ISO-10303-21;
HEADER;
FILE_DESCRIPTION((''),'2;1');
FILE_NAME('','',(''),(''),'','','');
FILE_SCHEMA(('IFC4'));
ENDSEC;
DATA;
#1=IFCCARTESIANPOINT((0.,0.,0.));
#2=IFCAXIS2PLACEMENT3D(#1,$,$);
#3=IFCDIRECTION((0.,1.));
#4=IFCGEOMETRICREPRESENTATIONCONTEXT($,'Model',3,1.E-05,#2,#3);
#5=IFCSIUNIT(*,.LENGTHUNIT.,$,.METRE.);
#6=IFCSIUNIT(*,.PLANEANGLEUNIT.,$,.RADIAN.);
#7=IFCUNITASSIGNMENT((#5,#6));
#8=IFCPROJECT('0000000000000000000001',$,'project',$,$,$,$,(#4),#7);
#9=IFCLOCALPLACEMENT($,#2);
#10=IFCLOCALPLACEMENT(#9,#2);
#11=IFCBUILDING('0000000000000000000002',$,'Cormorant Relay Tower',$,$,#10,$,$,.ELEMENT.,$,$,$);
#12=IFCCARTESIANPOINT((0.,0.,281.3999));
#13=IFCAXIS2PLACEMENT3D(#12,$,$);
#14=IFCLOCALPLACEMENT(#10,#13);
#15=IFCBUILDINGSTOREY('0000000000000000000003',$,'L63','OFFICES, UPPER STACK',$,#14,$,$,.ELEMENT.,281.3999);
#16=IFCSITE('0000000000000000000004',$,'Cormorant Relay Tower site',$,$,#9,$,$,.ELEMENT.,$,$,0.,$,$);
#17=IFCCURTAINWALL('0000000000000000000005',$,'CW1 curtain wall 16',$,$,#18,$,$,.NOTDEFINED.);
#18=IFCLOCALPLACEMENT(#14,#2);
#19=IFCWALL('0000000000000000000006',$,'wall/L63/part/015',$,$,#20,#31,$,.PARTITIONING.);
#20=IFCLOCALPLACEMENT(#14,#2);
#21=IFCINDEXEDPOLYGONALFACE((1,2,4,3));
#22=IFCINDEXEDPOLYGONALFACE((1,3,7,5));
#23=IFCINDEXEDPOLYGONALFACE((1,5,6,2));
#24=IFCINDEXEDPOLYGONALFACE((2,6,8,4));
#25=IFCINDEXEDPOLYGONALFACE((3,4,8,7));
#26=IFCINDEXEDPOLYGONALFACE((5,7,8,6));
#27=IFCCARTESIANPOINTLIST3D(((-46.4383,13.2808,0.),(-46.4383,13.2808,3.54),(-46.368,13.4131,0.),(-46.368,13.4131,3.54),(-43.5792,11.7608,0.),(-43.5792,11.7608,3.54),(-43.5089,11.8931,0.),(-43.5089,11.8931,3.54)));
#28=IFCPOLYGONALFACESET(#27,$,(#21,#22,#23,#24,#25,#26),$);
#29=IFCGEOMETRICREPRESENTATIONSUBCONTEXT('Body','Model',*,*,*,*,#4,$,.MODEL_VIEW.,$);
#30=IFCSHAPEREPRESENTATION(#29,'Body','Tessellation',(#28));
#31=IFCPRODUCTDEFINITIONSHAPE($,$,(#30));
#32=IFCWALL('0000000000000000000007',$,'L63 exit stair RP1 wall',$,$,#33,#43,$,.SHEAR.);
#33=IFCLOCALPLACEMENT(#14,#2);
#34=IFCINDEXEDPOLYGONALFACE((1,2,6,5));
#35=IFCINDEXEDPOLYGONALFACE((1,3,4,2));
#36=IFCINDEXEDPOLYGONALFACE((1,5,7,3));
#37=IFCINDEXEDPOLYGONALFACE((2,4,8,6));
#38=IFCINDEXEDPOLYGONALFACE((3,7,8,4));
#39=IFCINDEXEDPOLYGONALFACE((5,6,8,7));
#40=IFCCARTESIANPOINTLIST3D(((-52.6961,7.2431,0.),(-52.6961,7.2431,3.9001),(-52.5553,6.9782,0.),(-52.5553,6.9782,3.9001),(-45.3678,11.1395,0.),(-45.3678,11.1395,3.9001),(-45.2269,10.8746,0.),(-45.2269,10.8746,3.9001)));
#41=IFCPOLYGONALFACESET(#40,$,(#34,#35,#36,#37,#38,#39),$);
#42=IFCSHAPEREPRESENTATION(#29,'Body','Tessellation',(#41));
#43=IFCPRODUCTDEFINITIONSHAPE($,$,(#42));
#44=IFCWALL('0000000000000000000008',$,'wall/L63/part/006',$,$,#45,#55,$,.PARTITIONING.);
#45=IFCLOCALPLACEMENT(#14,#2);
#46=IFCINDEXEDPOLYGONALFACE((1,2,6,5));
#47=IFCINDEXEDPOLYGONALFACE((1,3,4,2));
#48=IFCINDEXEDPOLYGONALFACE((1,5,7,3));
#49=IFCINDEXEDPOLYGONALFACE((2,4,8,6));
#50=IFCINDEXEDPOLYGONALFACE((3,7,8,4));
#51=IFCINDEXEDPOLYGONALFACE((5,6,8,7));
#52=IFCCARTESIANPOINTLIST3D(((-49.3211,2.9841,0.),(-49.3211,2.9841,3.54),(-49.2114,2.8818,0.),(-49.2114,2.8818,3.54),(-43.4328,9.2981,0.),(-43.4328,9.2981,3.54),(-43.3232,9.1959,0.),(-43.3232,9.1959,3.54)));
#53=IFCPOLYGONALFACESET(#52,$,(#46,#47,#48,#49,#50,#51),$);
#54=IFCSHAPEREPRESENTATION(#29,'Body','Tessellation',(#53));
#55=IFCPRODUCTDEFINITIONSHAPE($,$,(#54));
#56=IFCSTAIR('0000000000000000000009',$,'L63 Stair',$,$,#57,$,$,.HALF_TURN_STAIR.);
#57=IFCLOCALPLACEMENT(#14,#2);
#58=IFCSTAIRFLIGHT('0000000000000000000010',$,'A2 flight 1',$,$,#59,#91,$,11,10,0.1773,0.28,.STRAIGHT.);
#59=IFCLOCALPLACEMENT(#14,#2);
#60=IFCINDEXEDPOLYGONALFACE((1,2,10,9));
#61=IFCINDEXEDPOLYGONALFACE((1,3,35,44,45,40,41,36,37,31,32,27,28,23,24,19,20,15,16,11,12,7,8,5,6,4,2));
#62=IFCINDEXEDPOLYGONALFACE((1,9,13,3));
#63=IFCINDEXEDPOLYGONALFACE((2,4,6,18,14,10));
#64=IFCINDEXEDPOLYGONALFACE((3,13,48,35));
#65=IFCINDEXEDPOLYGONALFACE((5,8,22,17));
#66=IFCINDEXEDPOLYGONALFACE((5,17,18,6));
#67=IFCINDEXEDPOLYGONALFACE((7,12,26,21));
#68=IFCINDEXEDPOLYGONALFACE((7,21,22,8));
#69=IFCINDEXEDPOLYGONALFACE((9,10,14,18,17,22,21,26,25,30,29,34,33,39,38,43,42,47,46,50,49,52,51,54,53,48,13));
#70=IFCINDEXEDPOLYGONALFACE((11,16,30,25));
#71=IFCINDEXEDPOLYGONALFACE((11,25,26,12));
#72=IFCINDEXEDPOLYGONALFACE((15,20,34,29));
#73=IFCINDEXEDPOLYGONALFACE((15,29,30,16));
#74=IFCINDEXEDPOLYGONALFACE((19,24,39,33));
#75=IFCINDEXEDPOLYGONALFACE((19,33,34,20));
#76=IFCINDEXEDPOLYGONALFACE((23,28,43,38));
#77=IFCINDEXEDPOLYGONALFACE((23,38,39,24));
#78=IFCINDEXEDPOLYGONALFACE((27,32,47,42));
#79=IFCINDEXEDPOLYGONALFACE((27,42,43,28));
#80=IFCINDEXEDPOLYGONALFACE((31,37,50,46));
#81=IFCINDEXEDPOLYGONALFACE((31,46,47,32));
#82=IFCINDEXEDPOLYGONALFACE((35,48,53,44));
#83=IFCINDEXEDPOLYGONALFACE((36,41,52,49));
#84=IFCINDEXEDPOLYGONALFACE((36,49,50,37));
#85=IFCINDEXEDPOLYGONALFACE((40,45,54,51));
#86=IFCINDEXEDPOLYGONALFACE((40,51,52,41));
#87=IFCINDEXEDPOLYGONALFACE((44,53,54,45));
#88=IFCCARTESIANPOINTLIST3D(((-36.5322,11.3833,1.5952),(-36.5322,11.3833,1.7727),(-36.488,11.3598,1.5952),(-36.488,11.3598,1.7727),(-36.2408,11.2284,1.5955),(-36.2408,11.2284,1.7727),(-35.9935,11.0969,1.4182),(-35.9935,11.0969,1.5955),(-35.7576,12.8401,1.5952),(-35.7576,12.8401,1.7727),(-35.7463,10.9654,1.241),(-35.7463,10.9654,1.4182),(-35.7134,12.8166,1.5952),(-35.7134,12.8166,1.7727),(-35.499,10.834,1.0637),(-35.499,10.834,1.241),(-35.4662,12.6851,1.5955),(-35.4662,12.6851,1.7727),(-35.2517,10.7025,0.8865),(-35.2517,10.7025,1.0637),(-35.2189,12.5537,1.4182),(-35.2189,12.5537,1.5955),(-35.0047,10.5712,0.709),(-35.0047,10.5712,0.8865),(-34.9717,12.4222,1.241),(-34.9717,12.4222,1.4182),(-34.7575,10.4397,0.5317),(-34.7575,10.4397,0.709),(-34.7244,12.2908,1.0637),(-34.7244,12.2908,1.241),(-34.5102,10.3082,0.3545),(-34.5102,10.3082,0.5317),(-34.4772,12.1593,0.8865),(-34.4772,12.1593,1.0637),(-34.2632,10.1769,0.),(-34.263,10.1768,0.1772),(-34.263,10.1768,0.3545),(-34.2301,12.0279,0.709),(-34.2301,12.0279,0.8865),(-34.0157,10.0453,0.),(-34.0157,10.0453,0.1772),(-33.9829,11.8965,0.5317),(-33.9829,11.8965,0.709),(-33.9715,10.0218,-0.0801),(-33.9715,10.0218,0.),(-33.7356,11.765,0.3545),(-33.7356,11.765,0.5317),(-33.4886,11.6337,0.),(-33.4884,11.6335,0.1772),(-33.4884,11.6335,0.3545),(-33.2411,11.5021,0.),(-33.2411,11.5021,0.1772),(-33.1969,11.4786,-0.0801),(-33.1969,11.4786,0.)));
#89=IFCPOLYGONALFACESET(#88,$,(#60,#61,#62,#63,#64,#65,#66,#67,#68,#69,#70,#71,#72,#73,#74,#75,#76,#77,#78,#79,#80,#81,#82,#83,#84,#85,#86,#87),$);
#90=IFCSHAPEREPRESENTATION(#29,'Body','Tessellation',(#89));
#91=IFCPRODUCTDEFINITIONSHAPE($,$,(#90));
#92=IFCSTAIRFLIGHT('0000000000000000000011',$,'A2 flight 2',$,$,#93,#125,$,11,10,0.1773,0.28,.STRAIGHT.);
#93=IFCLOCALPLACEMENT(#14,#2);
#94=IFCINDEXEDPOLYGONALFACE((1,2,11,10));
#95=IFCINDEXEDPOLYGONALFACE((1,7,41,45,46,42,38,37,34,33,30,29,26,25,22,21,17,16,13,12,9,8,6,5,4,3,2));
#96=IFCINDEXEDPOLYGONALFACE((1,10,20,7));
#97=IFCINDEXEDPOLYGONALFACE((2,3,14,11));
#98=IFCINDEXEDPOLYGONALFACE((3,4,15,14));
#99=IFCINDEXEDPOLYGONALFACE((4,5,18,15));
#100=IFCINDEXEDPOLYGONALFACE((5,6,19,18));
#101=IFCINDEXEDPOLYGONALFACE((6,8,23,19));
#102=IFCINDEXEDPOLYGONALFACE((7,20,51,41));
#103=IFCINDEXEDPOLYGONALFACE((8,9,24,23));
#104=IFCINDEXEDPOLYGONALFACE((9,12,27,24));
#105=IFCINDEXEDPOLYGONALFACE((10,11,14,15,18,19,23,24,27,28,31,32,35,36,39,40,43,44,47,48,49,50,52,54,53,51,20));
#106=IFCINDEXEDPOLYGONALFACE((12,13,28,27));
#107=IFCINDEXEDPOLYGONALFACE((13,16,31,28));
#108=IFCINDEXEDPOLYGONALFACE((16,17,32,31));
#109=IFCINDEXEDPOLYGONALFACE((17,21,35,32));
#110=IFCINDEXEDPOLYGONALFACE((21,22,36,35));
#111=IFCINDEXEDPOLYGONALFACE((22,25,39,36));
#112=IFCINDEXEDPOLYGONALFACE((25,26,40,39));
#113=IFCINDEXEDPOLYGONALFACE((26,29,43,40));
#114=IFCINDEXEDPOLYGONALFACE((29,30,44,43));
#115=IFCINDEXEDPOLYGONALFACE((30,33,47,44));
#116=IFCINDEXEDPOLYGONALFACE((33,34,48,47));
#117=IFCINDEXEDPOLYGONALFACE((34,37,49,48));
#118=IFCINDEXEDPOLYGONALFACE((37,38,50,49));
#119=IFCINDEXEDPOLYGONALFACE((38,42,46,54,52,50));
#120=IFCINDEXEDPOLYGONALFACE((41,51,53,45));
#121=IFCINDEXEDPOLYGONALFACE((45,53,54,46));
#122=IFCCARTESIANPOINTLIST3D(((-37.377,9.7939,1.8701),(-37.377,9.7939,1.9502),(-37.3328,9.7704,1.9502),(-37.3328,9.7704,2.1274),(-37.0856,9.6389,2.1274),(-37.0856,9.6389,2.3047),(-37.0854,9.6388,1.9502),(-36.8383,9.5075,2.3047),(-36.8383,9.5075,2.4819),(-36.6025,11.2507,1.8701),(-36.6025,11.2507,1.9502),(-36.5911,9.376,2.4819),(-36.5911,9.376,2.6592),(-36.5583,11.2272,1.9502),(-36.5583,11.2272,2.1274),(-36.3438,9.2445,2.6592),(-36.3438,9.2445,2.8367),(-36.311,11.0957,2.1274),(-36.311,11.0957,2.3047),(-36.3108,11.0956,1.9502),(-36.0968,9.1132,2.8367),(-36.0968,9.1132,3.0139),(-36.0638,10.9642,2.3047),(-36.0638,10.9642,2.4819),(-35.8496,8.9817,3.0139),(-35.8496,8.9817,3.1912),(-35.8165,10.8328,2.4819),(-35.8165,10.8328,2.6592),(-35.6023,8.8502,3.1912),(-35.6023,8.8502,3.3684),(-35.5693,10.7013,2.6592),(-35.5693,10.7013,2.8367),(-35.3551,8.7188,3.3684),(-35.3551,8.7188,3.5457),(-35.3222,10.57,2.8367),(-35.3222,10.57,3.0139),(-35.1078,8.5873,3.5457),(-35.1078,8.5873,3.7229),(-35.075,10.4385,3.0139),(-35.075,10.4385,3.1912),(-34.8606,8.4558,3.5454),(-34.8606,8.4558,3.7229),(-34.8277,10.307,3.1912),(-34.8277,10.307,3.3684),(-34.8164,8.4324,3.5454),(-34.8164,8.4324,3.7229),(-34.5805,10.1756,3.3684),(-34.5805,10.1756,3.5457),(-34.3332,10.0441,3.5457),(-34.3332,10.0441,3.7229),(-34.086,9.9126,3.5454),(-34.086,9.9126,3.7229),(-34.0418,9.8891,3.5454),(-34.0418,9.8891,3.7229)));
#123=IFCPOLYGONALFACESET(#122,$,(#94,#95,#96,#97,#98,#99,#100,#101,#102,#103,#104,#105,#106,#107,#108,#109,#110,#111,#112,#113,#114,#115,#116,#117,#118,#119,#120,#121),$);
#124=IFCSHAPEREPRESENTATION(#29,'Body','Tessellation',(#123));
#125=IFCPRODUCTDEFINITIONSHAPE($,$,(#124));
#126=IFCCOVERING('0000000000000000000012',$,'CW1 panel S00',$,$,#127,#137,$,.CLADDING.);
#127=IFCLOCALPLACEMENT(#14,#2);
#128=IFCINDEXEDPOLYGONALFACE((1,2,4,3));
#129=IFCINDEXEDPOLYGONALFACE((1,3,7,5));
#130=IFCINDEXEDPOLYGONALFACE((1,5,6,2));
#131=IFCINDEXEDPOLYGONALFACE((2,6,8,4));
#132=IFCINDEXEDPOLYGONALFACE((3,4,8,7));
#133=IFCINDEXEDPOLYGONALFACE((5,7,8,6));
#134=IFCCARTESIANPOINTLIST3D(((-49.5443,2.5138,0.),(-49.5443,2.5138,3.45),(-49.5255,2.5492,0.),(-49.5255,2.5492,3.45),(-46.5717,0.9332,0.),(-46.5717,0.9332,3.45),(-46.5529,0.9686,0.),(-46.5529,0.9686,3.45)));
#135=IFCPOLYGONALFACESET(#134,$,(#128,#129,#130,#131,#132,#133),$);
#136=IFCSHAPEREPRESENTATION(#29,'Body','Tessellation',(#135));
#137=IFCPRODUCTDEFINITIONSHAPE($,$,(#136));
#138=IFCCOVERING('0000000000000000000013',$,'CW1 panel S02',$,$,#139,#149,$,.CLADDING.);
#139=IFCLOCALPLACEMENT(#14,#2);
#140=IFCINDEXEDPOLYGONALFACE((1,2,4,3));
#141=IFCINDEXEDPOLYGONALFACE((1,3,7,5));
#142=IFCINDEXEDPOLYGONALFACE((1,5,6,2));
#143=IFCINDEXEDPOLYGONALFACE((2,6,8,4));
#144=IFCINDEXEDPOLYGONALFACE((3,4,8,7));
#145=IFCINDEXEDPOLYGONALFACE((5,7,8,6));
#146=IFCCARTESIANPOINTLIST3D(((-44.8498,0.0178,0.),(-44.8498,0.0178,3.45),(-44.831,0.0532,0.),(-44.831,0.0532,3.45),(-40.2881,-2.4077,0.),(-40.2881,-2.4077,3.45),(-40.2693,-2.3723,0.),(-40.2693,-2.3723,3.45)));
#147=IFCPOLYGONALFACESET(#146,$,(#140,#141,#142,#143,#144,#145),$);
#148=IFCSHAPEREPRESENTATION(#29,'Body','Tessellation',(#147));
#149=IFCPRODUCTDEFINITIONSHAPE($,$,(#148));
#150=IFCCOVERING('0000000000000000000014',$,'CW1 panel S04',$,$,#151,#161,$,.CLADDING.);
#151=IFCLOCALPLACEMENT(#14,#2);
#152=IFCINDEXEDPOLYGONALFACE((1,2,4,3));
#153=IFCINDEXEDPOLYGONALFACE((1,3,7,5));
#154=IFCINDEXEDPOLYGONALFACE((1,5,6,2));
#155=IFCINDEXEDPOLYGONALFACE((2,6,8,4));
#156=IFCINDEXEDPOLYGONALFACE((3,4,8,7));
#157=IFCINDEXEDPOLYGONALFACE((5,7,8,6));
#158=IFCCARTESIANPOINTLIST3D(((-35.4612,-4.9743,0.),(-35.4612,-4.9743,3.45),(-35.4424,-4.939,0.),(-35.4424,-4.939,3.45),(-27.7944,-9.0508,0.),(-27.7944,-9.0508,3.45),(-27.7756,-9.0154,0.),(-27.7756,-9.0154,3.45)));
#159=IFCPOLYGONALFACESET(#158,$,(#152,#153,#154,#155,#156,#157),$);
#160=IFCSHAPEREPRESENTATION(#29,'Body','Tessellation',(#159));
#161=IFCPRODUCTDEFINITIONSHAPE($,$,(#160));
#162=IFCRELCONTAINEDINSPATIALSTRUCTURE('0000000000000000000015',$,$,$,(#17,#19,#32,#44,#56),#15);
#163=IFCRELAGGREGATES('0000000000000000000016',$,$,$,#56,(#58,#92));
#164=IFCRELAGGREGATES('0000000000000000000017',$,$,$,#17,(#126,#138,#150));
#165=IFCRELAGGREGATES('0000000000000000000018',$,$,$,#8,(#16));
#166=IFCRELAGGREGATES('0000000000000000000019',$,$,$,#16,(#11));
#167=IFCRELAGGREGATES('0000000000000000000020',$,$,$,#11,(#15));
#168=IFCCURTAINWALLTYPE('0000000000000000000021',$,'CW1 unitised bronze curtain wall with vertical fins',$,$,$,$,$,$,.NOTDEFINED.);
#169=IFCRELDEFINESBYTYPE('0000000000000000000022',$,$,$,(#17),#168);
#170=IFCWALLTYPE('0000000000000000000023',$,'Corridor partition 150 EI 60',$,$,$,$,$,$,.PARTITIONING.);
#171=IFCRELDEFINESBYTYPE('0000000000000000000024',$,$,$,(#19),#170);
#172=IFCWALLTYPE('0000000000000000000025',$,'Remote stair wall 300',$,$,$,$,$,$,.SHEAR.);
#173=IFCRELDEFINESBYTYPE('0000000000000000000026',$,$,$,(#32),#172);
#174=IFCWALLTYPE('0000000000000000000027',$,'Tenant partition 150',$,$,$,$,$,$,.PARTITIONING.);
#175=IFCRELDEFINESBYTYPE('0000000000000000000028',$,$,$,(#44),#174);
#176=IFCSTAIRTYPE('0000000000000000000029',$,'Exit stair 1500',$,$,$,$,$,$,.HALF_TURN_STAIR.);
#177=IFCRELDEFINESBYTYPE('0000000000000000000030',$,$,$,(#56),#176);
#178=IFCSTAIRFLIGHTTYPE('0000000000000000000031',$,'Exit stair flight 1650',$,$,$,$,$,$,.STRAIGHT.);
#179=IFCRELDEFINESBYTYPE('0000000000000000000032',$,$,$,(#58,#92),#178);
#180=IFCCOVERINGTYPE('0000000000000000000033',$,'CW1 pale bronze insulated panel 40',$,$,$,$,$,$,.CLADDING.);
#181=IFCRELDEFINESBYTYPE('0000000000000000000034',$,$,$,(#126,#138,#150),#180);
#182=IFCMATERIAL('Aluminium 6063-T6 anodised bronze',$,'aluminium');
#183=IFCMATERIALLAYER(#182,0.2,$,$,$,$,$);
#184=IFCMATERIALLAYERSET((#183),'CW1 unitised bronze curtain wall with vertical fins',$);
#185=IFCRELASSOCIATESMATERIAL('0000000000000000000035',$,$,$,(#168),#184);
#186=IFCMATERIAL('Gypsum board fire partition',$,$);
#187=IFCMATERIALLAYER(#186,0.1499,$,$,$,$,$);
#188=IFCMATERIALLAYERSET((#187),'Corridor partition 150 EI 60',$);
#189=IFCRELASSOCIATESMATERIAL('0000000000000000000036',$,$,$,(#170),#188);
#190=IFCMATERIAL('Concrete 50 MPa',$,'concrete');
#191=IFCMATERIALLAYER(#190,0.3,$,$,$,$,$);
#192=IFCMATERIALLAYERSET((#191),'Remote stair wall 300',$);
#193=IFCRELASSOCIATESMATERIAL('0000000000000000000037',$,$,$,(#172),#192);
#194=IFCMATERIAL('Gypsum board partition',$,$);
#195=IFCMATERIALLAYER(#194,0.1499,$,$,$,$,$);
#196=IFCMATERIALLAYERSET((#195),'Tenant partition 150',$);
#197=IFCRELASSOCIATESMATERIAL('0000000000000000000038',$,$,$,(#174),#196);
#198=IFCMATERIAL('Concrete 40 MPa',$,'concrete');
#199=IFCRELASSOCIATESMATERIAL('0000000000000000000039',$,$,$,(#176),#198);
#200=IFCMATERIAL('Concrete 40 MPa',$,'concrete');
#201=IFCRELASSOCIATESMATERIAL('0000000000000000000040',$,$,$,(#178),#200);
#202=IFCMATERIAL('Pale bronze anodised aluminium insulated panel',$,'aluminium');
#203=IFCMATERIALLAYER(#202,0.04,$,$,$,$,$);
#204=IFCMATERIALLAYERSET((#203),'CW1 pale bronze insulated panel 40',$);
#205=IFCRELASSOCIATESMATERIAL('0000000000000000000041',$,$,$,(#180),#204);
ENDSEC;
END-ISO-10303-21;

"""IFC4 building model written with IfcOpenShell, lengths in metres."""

from ifc_helpers import new_model, si_unit, direction, frame, frame_2d, origin, origin_2d, place, context, subcontext, project, spatial, polyline, rectangle, outline, extrude, material, layer, layer_set, type_object, element, aggregate, save


model = new_model("IFC4")

# Units and contexts
model_context = context("Model", 3, precision=1e-05, world=origin(), true_north=direction((0.0, 1.0)))
body_context = subcontext(model_context, "Body", "Model", "MODEL_VIEW")
ifc_project = project(units=[si_unit("LENGTHUNIT", "METRE"), si_unit("PLANEANGLEUNIT", "RADIAN")], contexts=[model_context])

# Site, building, storey
site_placement = place(None, origin())
site = spatial("IfcSite", under=ifc_project, at=site_placement, Name="Cormorant Relay Tower site", CompositionType="ELEMENT", RefElevation=0.0)
building_placement = place(site_placement, origin())
building = spatial("IfcBuilding", under=site, at=building_placement, Name="Cormorant Relay Tower", CompositionType="ELEMENT")
storey_placement = place(building_placement, frame((0.0, 0.0, 281.3999)))
storey = spatial("IfcBuildingStorey", under=building, at=storey_placement, Name="L63", Description="OFFICES, UPPER STACK", CompositionType="ELEMENT", Elevation=281.3999)

# Curtain wall
ifc_material_1 = material(Name="Aluminium 6063-T6 anodised bronze", Category="aluminium")
ifc_layer_1 = layer(ifc_material_1, 0.2)
ifc_layer_set_1 = layer_set([ifc_layer_1], Name="CW1 unitised bronze curtain wall with vertical fins")
curtain_wall_type = type_object("IfcCurtainWallType", Name="CW1 unitised bronze curtain wall with vertical fins", PredefinedType="NOTDEFINED", material=ifc_layer_set_1)
curtain_wall_placement = place(storey_placement, origin())
curtain_wall = element("IfcCurtainWall", 1, at=curtain_wall_placement, inside=storey, type_object=curtain_wall_type, Name="CW1 curtain wall 16", PredefinedType="NOTDEFINED")

# Walls
ifc_material_2 = material(Name="Gypsum board fire partition")
ifc_layer_2 = layer(ifc_material_2, 0.1499)
ifc_layer_set_2 = layer_set([ifc_layer_2], Name="Corridor partition 150 EI 60")
wall_type_1 = type_object("IfcWallType", Name="Corridor partition 150 EI 60", PredefinedType="PARTITIONING", material=ifc_layer_set_2)
wall_1_placement = place(storey_placement, frame((-43.5439, 11.8269, 0.0), z_axis=(0.0, 0.0, 1.0), x_axis=(-0.882974, 0.469422, 0.0)))
element("IfcWall", 2, at=wall_1_placement, inside=storey, type_object=wall_type_1, Name="wall/L63/part/015", PredefinedType="PARTITIONING", context=body_context, shape_type="SweptSolid", body=[
    extrude(rectangle(XDim=3.238, YDim=0.1499, at=frame_2d((1.6191, 0.0))), origin(), (0.0, 0.0, 1.0), 3.54),
])
ifc_material_3 = material(Name="Concrete 50 MPa", Category="concrete")
ifc_layer_3 = layer(ifc_material_3, 0.3)
ifc_layer_set_3 = layer_set([ifc_layer_3], Name="Remote stair wall 300")
wall_type_2 = type_object("IfcWallType", Name="Remote stair wall 300", PredefinedType="SHEAR", material=ifc_layer_set_3)
wall_2_placement = place(storey_placement, frame((-45.2974, 11.0071, 0.0), z_axis=(0.0, 0.0, 1.0), x_axis=(-0.882952, -0.469464, 0.0)))
element("IfcWall", 3, at=wall_2_placement, inside=storey, type_object=wall_type_2, Name="L63 exit stair RP1 wall", PredefinedType="SHEAR", context=body_context, shape_type="SweptSolid", body=[
    extrude(rectangle(XDim=8.2998, YDim=0.3, at=frame_2d((4.1499, 0.0))), origin(), (0.0, 0.0, 1.0), 3.9001),
])
ifc_material_4 = material(Name="Gypsum board partition")
ifc_layer_4 = layer(ifc_material_4, 0.1499)
ifc_layer_set_4 = layer_set([ifc_layer_4], Name="Tenant partition 150")
wall_type_3 = type_object("IfcWallType", Name="Tenant partition 150", PredefinedType="PARTITIONING", material=ifc_layer_set_4)
wall_3_placement = place(storey_placement, frame((-43.3779, 9.2471, 0.0), z_axis=(0.0, 0.0, 1.0), x_axis=(-0.682018, -0.731335, 0.0)))
element("IfcWall", 4, at=wall_3_placement, inside=storey, type_object=wall_type_3, Name="wall/L63/part/006", PredefinedType="PARTITIONING", context=body_context, shape_type="SweptSolid", body=[
    extrude(rectangle(XDim=8.6335, YDim=0.1499, at=frame_2d((4.3169, 0.0))), origin(), (0.0, 0.0, 1.0), 3.54),
])

# Stair, stair flights
ifc_material_5 = material(Name="Concrete 40 MPa", Category="concrete")
stair_type = type_object("IfcStairType", Name="Exit stair 1500", PredefinedType="HALF_TURN_STAIR", material=ifc_material_5)
stair_placement = place(storey_placement, origin())
stair = element("IfcStair", 5, at=stair_placement, inside=storey, type_object=stair_type, Name="L63 Stair", PredefinedType="HALF_TURN_STAIR")
ifc_material_6 = material(Name="Concrete 40 MPa", Category="concrete")
stair_flight_type = type_object("IfcStairFlightType", Name="Exit stair flight 1650", PredefinedType="STRAIGHT", material=ifc_material_6)
stair_flight_1_placement = place(storey_placement, frame((-33.6284, 10.7737, 0.0), z_axis=(0.0, 0.0, 1.0), x_axis=(-0.882948, 0.469472, 0.0)))
stair_flight_1 = element("IfcStairFlight", 6, at=stair_flight_1_placement, type_object=stair_flight_type, Name="A2 flight 1", NumberOfRisers=11, NumberOfTreads=10, PredefinedType="STRAIGHT", RiserHeight=0.1773, TreadLength=0.28, context=body_context, shape_type="SweptSolid", body=[
    extrude(outline(polyline([(-0.05, -0.0801), (-0.05, 0.0), (0.0, 0.0), (0.0, 0.1772), (0.28, 0.1772), (0.28, 0.3545), (0.5601, 0.3545), (0.5601, 0.5317), (0.8401, 0.5317), (0.8401, 0.709), (1.1201, 0.709), (1.1201, 0.8865), (1.3999, 0.8865), (1.3999, 1.0637), (1.6799, 1.0637), (1.6799, 1.241), (1.96, 1.241), (1.96, 1.4182), (2.24, 1.4182), (2.24, 1.5955), (2.52, 1.5955), (2.52, 1.7727), (2.8, 1.7727), (2.8501, 1.7727), (2.8501, 1.5952), (2.8, 1.5952), (0.2803, 0.0), (-0.05, -0.0801)])), frame((0.0, 0.825, 0.0), z_axis=(0.0, -1.0, 0.0), x_axis=(1.0, 0.0, 0.0)), (0.0, 0.0, 1.0), 1.6499),
])
stair_flight_2_placement = place(storey_placement, frame((-36.9456, 10.4988, 1.9502), z_axis=(0.0, 0.0, 1.0), x_axis=(0.882948, -0.469472, 0.0)))
stair_flight_2 = element("IfcStairFlight", 7, at=stair_flight_2_placement, type_object=stair_flight_type, Name="A2 flight 2", NumberOfRisers=11, NumberOfTreads=10, PredefinedType="STRAIGHT", RiserHeight=0.1773, TreadLength=0.28, context=body_context, shape_type="SweptSolid", body=[
    extrude(outline(polyline([(-0.05, -0.0801), (-0.05, 0.0), (0.0, 0.0), (0.0, 0.1772), (0.28, 0.1772), (0.28, 0.3545), (0.5601, 0.3545), (0.5601, 0.5317), (0.8401, 0.5317), (0.8401, 0.709), (1.1201, 0.709), (1.1201, 0.8865), (1.3999, 0.8865), (1.3999, 1.0637), (1.6799, 1.0637), (1.6799, 1.241), (1.96, 1.241), (1.96, 1.4182), (2.24, 1.4182), (2.24, 1.5955), (2.52, 1.5955), (2.52, 1.7727), (2.8, 1.7727), (2.8501, 1.7727), (2.8501, 1.5952), (2.8, 1.5952), (0.2803, 0.0), (-0.05, -0.0801)])), frame((0.0, 0.825, 0.0), z_axis=(0.0, -1.0, 0.0), x_axis=(1.0, 0.0, 0.0)), (0.0, 0.0, 1.0), 1.6499),
])
aggregate(stair, [stair_flight_1, stair_flight_2])

# Coverings
ifc_material_7 = material(Name="Pale bronze anodised aluminium insulated panel", Category="aluminium")
ifc_layer_5 = layer(ifc_material_7, 0.04)
ifc_layer_set_5 = layer_set([ifc_layer_5], Name="CW1 pale bronze insulated panel 40")
covering_type = type_object("IfcCoveringType", Name="CW1 pale bronze insulated panel 40", PredefinedType="CLADDING", material=ifc_layer_set_5)
covering_1_placement = place(storey_placement, frame((-48.0486, 1.7412, 0.0), z_axis=(0.0, 0.0, 1.0), x_axis=(0.882948, -0.469472, 0.0)))
covering_1 = element("IfcCovering", 8, at=covering_1_placement, type_object=covering_type, Name="CW1 panel S00", PredefinedType="CLADDING", context=body_context, shape_type="SweptSolid", body=[
    extrude(rectangle(XDim=3.3667, YDim=0.04, at=origin_2d()), origin(), (0.0, 0.0, 1.0), 3.45),
])
covering_2_placement = place(storey_placement, frame((-42.5596, -1.1772, 0.0), z_axis=(0.0, 0.0, 1.0), x_axis=(0.882948, -0.469472, 0.0)))
covering_2 = element("IfcCovering", 9, at=covering_2_placement, type_object=covering_type, Name="CW1 panel S02", PredefinedType="CLADDING", context=body_context, shape_type="SweptSolid", body=[
    extrude(rectangle(XDim=5.1665, YDim=0.04, at=origin_2d()), origin(), (0.0, 0.0, 1.0), 3.45),
])
covering_3_placement = place(storey_placement, frame((-31.6184, -6.9949, 0.0), z_axis=(0.0, 0.0, 1.0), x_axis=(0.882948, -0.469472, 0.0)))
covering_3 = element("IfcCovering", 10, at=covering_3_placement, type_object=covering_type, Name="CW1 panel S04", PredefinedType="CLADDING", context=body_context, shape_type="SweptSolid", body=[
    extrude(rectangle(XDim=8.6831, YDim=0.04, at=origin_2d()), origin(), (0.0, 0.0, 1.0), 3.45),
])
aggregate(curtain_wall, [covering_1, covering_2, covering_3])

save(model, "model.ifc")
